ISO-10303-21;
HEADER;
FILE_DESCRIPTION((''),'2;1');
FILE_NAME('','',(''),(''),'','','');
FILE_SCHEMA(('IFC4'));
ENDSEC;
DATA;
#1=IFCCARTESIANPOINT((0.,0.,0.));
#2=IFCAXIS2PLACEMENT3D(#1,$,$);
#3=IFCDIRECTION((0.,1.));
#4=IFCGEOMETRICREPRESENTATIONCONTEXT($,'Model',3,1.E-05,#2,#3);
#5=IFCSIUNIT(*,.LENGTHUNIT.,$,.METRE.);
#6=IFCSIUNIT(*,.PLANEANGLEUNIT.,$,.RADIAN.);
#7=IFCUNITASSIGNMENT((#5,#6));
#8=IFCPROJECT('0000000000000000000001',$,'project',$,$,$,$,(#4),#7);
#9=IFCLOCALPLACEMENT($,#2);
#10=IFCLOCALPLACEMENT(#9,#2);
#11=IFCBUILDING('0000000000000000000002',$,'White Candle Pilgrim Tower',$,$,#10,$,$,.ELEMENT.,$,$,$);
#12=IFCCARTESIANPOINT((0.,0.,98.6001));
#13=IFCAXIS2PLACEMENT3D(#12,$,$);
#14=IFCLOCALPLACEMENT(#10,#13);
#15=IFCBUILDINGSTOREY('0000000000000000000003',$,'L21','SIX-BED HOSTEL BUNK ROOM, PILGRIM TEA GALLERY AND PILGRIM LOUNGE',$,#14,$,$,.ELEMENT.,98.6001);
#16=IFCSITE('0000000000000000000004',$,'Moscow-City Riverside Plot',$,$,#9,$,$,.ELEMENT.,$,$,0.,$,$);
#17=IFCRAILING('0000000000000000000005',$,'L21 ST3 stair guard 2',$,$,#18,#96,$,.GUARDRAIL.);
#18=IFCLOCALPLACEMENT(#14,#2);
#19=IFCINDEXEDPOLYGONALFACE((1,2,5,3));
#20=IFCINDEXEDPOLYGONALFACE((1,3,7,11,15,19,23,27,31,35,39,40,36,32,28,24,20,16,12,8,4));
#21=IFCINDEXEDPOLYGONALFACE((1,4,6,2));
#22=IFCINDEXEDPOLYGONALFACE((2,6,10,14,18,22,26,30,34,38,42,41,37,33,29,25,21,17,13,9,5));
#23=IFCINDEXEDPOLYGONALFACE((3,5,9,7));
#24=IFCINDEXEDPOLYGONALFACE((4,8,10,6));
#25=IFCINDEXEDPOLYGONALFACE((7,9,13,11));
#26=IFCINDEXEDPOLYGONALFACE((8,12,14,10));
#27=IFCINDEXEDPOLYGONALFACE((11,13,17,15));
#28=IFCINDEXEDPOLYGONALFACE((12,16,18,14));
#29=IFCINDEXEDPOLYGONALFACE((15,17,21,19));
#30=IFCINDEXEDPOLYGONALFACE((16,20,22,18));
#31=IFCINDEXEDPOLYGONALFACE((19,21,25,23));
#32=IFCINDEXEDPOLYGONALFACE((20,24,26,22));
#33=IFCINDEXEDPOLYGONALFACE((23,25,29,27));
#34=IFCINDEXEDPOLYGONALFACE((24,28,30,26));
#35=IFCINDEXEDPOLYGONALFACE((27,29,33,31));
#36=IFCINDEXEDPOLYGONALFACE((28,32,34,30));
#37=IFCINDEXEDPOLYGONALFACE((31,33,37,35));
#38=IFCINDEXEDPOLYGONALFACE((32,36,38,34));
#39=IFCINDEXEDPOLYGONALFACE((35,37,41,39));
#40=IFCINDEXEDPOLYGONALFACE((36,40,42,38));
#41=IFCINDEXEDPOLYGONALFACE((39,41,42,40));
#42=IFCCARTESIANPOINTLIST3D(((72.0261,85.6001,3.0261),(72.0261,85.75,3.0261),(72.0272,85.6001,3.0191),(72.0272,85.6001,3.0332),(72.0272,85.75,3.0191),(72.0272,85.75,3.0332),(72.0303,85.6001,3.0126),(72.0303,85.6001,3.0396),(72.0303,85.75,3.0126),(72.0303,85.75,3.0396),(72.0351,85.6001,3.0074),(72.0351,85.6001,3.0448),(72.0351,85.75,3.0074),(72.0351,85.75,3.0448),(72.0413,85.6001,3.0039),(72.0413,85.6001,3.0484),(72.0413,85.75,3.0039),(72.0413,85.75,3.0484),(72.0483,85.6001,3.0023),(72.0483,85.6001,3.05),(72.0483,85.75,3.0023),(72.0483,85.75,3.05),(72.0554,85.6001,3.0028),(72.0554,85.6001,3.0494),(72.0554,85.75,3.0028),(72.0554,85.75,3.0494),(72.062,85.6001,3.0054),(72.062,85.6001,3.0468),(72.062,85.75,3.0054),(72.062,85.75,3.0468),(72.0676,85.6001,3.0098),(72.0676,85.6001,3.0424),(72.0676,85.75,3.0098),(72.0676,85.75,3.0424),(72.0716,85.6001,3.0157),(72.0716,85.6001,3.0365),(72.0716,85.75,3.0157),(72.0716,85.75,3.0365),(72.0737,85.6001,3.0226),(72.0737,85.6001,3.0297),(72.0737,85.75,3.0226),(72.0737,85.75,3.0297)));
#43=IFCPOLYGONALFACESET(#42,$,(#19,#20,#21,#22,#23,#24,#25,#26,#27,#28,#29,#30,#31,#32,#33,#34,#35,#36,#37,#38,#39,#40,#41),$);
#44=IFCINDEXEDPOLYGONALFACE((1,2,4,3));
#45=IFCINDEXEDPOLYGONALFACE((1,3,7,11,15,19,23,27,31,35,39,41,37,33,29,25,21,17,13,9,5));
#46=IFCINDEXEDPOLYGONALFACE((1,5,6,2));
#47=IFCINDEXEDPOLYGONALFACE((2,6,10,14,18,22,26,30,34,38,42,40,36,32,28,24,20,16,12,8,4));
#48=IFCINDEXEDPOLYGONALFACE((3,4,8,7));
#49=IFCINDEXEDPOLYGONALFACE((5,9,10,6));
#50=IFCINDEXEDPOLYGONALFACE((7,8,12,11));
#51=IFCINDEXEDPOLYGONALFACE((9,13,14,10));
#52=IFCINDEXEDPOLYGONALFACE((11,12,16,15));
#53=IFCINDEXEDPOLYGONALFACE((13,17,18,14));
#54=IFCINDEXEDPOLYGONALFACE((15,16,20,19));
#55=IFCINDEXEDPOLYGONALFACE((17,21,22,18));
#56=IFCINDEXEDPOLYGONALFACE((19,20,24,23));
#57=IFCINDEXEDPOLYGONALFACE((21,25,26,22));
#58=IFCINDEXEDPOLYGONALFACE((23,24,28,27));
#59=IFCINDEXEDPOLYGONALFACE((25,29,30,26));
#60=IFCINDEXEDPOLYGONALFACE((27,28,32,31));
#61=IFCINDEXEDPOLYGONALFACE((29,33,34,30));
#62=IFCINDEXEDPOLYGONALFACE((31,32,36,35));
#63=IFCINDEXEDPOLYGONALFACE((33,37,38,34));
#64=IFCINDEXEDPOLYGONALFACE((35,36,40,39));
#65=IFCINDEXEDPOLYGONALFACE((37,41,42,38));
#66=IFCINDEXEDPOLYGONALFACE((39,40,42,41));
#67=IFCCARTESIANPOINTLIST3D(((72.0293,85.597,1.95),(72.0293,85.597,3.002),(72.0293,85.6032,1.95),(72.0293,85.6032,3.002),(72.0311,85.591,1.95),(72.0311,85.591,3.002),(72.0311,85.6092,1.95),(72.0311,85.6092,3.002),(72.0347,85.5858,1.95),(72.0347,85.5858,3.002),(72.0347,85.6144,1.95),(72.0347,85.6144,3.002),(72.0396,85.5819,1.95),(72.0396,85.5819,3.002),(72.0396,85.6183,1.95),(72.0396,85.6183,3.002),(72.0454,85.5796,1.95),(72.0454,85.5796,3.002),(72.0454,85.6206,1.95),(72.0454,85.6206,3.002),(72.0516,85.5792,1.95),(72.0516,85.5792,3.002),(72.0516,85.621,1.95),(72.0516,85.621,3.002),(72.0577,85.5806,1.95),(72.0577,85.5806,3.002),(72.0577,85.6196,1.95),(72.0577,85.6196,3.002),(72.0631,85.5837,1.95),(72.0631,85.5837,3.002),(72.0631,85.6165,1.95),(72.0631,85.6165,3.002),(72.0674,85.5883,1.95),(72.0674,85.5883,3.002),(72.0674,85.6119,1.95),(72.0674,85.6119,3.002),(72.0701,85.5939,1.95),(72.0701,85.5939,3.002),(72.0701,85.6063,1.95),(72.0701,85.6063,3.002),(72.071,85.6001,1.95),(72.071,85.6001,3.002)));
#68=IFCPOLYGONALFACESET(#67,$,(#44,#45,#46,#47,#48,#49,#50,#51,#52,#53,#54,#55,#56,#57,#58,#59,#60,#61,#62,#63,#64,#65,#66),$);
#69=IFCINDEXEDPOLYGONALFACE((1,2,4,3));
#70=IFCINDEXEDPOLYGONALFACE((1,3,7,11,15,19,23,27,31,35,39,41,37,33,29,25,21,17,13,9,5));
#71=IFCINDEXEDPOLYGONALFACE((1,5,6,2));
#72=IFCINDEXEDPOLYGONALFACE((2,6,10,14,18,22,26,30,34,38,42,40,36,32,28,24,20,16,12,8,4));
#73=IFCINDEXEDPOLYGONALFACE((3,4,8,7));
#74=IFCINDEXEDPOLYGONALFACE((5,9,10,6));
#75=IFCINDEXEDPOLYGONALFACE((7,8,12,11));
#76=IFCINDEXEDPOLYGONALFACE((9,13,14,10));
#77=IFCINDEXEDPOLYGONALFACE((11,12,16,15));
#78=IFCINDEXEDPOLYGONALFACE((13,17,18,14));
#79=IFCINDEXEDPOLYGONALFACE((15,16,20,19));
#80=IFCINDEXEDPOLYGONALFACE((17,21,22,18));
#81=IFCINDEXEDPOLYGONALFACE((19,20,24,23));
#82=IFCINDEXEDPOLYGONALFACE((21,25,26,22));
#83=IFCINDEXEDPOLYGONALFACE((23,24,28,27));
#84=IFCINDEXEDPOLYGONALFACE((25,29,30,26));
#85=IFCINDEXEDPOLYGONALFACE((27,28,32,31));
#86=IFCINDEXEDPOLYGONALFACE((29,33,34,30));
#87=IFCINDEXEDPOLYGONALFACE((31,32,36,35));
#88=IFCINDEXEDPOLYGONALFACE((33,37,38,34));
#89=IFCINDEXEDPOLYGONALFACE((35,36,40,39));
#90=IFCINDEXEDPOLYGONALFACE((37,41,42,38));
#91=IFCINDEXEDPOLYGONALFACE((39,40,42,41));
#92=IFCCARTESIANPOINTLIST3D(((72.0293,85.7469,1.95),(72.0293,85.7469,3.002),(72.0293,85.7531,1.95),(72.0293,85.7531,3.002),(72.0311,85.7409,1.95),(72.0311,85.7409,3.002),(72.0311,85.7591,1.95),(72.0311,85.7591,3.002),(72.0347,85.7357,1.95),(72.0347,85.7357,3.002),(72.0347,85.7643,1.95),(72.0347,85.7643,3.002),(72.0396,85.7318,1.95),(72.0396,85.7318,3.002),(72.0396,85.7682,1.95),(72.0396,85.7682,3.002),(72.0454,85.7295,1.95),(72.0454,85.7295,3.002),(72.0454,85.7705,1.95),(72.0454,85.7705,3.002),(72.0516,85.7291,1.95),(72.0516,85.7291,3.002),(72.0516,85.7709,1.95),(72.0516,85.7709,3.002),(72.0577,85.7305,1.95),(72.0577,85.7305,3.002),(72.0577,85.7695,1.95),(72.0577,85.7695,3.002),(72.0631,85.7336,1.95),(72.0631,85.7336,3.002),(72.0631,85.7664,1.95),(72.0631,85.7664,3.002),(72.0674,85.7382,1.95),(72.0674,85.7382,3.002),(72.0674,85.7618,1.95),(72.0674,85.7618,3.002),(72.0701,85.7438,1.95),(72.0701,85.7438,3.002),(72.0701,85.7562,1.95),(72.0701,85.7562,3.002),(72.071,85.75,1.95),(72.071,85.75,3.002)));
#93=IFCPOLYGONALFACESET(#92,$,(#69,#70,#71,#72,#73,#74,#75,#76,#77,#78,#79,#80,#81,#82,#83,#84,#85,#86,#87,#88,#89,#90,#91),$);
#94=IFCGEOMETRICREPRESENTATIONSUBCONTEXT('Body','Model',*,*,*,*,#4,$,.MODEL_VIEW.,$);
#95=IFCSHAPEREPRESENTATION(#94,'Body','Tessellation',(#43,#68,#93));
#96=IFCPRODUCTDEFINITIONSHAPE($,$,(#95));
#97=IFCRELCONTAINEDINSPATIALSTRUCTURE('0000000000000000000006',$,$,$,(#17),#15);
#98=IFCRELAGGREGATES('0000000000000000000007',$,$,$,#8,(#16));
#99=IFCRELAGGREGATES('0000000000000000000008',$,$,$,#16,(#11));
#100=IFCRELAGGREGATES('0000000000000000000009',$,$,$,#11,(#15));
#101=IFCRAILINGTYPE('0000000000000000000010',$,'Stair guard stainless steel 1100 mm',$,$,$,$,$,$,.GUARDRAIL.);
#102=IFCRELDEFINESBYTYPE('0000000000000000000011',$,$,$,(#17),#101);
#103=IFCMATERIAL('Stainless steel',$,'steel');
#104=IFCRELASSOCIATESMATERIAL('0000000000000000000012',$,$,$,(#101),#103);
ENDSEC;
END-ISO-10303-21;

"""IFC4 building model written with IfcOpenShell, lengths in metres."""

from ifc_helpers import new_model, si_unit, direction, frame, origin, origin_2d, place, context, subcontext, project, spatial, circle, extrude, material, type_object, element, save


model = new_model("IFC4")

# Units and contexts
model_context = context("Model", 3, precision=1e-05, world=origin(), true_north=direction((0.0, 1.0)))
body_context = subcontext(model_context, "Body", "Model", "MODEL_VIEW")
ifc_project = project(units=[si_unit("LENGTHUNIT", "METRE"), si_unit("PLANEANGLEUNIT", "RADIAN")], contexts=[model_context])

# Site, building, storey
site_placement = place(None, origin())
site = spatial("IfcSite", under=ifc_project, at=site_placement, Name="Moscow-City Riverside Plot", CompositionType="ELEMENT", RefElevation=0.0)
building_placement = place(site_placement, origin())
building = spatial("IfcBuilding", under=site, at=building_placement, Name="White Candle Pilgrim Tower", CompositionType="ELEMENT")
storey_placement = place(building_placement, frame((0.0, 0.0, 98.6001)))
storey = spatial("IfcBuildingStorey", under=building, at=storey_placement, Name="L21", Description="SIX-BED HOSTEL BUNK ROOM, PILGRIM TEA GALLERY AND PILGRIM LOUNGE", CompositionType="ELEMENT", Elevation=98.6001)

# Railing
ifc_material_1 = material(Name="Stainless steel", Category="steel")
railing_type_1 = type_object("IfcRailingType", Name="Stair guard stainless steel 1100 mm", PredefinedType="GUARDRAIL", material=ifc_material_1)
railing_1_placement = place(storey_placement, frame((72.05, 85.6001, 1.95)))
element("IfcRailing", 1, at=railing_1_placement, inside=storey, type_object=railing_type_1, Name="L21 ST3 stair guard 2", PredefinedType="GUARDRAIL", context=body_context, shape_type="SweptSolid", body=[
    extrude(circle(Radius=0.0239, at=origin_2d()), frame((0.0, 0.0, 1.0762), z_axis=(0.0, 1.0, 0.0), x_axis=(-1.0, 0.0, 0.0)), (0.0, 0.0, 1.0), 0.1499),
    extrude(circle(Radius=0.021, at=origin_2d()), origin(), (0.0, 0.0, 1.0), 1.052),
    extrude(circle(Radius=0.021, at=origin_2d()), frame((0.0, 0.1499, 0.0)), (0.0, 0.0, 1.0), 1.052),
])

save(model, "model.ifc")
